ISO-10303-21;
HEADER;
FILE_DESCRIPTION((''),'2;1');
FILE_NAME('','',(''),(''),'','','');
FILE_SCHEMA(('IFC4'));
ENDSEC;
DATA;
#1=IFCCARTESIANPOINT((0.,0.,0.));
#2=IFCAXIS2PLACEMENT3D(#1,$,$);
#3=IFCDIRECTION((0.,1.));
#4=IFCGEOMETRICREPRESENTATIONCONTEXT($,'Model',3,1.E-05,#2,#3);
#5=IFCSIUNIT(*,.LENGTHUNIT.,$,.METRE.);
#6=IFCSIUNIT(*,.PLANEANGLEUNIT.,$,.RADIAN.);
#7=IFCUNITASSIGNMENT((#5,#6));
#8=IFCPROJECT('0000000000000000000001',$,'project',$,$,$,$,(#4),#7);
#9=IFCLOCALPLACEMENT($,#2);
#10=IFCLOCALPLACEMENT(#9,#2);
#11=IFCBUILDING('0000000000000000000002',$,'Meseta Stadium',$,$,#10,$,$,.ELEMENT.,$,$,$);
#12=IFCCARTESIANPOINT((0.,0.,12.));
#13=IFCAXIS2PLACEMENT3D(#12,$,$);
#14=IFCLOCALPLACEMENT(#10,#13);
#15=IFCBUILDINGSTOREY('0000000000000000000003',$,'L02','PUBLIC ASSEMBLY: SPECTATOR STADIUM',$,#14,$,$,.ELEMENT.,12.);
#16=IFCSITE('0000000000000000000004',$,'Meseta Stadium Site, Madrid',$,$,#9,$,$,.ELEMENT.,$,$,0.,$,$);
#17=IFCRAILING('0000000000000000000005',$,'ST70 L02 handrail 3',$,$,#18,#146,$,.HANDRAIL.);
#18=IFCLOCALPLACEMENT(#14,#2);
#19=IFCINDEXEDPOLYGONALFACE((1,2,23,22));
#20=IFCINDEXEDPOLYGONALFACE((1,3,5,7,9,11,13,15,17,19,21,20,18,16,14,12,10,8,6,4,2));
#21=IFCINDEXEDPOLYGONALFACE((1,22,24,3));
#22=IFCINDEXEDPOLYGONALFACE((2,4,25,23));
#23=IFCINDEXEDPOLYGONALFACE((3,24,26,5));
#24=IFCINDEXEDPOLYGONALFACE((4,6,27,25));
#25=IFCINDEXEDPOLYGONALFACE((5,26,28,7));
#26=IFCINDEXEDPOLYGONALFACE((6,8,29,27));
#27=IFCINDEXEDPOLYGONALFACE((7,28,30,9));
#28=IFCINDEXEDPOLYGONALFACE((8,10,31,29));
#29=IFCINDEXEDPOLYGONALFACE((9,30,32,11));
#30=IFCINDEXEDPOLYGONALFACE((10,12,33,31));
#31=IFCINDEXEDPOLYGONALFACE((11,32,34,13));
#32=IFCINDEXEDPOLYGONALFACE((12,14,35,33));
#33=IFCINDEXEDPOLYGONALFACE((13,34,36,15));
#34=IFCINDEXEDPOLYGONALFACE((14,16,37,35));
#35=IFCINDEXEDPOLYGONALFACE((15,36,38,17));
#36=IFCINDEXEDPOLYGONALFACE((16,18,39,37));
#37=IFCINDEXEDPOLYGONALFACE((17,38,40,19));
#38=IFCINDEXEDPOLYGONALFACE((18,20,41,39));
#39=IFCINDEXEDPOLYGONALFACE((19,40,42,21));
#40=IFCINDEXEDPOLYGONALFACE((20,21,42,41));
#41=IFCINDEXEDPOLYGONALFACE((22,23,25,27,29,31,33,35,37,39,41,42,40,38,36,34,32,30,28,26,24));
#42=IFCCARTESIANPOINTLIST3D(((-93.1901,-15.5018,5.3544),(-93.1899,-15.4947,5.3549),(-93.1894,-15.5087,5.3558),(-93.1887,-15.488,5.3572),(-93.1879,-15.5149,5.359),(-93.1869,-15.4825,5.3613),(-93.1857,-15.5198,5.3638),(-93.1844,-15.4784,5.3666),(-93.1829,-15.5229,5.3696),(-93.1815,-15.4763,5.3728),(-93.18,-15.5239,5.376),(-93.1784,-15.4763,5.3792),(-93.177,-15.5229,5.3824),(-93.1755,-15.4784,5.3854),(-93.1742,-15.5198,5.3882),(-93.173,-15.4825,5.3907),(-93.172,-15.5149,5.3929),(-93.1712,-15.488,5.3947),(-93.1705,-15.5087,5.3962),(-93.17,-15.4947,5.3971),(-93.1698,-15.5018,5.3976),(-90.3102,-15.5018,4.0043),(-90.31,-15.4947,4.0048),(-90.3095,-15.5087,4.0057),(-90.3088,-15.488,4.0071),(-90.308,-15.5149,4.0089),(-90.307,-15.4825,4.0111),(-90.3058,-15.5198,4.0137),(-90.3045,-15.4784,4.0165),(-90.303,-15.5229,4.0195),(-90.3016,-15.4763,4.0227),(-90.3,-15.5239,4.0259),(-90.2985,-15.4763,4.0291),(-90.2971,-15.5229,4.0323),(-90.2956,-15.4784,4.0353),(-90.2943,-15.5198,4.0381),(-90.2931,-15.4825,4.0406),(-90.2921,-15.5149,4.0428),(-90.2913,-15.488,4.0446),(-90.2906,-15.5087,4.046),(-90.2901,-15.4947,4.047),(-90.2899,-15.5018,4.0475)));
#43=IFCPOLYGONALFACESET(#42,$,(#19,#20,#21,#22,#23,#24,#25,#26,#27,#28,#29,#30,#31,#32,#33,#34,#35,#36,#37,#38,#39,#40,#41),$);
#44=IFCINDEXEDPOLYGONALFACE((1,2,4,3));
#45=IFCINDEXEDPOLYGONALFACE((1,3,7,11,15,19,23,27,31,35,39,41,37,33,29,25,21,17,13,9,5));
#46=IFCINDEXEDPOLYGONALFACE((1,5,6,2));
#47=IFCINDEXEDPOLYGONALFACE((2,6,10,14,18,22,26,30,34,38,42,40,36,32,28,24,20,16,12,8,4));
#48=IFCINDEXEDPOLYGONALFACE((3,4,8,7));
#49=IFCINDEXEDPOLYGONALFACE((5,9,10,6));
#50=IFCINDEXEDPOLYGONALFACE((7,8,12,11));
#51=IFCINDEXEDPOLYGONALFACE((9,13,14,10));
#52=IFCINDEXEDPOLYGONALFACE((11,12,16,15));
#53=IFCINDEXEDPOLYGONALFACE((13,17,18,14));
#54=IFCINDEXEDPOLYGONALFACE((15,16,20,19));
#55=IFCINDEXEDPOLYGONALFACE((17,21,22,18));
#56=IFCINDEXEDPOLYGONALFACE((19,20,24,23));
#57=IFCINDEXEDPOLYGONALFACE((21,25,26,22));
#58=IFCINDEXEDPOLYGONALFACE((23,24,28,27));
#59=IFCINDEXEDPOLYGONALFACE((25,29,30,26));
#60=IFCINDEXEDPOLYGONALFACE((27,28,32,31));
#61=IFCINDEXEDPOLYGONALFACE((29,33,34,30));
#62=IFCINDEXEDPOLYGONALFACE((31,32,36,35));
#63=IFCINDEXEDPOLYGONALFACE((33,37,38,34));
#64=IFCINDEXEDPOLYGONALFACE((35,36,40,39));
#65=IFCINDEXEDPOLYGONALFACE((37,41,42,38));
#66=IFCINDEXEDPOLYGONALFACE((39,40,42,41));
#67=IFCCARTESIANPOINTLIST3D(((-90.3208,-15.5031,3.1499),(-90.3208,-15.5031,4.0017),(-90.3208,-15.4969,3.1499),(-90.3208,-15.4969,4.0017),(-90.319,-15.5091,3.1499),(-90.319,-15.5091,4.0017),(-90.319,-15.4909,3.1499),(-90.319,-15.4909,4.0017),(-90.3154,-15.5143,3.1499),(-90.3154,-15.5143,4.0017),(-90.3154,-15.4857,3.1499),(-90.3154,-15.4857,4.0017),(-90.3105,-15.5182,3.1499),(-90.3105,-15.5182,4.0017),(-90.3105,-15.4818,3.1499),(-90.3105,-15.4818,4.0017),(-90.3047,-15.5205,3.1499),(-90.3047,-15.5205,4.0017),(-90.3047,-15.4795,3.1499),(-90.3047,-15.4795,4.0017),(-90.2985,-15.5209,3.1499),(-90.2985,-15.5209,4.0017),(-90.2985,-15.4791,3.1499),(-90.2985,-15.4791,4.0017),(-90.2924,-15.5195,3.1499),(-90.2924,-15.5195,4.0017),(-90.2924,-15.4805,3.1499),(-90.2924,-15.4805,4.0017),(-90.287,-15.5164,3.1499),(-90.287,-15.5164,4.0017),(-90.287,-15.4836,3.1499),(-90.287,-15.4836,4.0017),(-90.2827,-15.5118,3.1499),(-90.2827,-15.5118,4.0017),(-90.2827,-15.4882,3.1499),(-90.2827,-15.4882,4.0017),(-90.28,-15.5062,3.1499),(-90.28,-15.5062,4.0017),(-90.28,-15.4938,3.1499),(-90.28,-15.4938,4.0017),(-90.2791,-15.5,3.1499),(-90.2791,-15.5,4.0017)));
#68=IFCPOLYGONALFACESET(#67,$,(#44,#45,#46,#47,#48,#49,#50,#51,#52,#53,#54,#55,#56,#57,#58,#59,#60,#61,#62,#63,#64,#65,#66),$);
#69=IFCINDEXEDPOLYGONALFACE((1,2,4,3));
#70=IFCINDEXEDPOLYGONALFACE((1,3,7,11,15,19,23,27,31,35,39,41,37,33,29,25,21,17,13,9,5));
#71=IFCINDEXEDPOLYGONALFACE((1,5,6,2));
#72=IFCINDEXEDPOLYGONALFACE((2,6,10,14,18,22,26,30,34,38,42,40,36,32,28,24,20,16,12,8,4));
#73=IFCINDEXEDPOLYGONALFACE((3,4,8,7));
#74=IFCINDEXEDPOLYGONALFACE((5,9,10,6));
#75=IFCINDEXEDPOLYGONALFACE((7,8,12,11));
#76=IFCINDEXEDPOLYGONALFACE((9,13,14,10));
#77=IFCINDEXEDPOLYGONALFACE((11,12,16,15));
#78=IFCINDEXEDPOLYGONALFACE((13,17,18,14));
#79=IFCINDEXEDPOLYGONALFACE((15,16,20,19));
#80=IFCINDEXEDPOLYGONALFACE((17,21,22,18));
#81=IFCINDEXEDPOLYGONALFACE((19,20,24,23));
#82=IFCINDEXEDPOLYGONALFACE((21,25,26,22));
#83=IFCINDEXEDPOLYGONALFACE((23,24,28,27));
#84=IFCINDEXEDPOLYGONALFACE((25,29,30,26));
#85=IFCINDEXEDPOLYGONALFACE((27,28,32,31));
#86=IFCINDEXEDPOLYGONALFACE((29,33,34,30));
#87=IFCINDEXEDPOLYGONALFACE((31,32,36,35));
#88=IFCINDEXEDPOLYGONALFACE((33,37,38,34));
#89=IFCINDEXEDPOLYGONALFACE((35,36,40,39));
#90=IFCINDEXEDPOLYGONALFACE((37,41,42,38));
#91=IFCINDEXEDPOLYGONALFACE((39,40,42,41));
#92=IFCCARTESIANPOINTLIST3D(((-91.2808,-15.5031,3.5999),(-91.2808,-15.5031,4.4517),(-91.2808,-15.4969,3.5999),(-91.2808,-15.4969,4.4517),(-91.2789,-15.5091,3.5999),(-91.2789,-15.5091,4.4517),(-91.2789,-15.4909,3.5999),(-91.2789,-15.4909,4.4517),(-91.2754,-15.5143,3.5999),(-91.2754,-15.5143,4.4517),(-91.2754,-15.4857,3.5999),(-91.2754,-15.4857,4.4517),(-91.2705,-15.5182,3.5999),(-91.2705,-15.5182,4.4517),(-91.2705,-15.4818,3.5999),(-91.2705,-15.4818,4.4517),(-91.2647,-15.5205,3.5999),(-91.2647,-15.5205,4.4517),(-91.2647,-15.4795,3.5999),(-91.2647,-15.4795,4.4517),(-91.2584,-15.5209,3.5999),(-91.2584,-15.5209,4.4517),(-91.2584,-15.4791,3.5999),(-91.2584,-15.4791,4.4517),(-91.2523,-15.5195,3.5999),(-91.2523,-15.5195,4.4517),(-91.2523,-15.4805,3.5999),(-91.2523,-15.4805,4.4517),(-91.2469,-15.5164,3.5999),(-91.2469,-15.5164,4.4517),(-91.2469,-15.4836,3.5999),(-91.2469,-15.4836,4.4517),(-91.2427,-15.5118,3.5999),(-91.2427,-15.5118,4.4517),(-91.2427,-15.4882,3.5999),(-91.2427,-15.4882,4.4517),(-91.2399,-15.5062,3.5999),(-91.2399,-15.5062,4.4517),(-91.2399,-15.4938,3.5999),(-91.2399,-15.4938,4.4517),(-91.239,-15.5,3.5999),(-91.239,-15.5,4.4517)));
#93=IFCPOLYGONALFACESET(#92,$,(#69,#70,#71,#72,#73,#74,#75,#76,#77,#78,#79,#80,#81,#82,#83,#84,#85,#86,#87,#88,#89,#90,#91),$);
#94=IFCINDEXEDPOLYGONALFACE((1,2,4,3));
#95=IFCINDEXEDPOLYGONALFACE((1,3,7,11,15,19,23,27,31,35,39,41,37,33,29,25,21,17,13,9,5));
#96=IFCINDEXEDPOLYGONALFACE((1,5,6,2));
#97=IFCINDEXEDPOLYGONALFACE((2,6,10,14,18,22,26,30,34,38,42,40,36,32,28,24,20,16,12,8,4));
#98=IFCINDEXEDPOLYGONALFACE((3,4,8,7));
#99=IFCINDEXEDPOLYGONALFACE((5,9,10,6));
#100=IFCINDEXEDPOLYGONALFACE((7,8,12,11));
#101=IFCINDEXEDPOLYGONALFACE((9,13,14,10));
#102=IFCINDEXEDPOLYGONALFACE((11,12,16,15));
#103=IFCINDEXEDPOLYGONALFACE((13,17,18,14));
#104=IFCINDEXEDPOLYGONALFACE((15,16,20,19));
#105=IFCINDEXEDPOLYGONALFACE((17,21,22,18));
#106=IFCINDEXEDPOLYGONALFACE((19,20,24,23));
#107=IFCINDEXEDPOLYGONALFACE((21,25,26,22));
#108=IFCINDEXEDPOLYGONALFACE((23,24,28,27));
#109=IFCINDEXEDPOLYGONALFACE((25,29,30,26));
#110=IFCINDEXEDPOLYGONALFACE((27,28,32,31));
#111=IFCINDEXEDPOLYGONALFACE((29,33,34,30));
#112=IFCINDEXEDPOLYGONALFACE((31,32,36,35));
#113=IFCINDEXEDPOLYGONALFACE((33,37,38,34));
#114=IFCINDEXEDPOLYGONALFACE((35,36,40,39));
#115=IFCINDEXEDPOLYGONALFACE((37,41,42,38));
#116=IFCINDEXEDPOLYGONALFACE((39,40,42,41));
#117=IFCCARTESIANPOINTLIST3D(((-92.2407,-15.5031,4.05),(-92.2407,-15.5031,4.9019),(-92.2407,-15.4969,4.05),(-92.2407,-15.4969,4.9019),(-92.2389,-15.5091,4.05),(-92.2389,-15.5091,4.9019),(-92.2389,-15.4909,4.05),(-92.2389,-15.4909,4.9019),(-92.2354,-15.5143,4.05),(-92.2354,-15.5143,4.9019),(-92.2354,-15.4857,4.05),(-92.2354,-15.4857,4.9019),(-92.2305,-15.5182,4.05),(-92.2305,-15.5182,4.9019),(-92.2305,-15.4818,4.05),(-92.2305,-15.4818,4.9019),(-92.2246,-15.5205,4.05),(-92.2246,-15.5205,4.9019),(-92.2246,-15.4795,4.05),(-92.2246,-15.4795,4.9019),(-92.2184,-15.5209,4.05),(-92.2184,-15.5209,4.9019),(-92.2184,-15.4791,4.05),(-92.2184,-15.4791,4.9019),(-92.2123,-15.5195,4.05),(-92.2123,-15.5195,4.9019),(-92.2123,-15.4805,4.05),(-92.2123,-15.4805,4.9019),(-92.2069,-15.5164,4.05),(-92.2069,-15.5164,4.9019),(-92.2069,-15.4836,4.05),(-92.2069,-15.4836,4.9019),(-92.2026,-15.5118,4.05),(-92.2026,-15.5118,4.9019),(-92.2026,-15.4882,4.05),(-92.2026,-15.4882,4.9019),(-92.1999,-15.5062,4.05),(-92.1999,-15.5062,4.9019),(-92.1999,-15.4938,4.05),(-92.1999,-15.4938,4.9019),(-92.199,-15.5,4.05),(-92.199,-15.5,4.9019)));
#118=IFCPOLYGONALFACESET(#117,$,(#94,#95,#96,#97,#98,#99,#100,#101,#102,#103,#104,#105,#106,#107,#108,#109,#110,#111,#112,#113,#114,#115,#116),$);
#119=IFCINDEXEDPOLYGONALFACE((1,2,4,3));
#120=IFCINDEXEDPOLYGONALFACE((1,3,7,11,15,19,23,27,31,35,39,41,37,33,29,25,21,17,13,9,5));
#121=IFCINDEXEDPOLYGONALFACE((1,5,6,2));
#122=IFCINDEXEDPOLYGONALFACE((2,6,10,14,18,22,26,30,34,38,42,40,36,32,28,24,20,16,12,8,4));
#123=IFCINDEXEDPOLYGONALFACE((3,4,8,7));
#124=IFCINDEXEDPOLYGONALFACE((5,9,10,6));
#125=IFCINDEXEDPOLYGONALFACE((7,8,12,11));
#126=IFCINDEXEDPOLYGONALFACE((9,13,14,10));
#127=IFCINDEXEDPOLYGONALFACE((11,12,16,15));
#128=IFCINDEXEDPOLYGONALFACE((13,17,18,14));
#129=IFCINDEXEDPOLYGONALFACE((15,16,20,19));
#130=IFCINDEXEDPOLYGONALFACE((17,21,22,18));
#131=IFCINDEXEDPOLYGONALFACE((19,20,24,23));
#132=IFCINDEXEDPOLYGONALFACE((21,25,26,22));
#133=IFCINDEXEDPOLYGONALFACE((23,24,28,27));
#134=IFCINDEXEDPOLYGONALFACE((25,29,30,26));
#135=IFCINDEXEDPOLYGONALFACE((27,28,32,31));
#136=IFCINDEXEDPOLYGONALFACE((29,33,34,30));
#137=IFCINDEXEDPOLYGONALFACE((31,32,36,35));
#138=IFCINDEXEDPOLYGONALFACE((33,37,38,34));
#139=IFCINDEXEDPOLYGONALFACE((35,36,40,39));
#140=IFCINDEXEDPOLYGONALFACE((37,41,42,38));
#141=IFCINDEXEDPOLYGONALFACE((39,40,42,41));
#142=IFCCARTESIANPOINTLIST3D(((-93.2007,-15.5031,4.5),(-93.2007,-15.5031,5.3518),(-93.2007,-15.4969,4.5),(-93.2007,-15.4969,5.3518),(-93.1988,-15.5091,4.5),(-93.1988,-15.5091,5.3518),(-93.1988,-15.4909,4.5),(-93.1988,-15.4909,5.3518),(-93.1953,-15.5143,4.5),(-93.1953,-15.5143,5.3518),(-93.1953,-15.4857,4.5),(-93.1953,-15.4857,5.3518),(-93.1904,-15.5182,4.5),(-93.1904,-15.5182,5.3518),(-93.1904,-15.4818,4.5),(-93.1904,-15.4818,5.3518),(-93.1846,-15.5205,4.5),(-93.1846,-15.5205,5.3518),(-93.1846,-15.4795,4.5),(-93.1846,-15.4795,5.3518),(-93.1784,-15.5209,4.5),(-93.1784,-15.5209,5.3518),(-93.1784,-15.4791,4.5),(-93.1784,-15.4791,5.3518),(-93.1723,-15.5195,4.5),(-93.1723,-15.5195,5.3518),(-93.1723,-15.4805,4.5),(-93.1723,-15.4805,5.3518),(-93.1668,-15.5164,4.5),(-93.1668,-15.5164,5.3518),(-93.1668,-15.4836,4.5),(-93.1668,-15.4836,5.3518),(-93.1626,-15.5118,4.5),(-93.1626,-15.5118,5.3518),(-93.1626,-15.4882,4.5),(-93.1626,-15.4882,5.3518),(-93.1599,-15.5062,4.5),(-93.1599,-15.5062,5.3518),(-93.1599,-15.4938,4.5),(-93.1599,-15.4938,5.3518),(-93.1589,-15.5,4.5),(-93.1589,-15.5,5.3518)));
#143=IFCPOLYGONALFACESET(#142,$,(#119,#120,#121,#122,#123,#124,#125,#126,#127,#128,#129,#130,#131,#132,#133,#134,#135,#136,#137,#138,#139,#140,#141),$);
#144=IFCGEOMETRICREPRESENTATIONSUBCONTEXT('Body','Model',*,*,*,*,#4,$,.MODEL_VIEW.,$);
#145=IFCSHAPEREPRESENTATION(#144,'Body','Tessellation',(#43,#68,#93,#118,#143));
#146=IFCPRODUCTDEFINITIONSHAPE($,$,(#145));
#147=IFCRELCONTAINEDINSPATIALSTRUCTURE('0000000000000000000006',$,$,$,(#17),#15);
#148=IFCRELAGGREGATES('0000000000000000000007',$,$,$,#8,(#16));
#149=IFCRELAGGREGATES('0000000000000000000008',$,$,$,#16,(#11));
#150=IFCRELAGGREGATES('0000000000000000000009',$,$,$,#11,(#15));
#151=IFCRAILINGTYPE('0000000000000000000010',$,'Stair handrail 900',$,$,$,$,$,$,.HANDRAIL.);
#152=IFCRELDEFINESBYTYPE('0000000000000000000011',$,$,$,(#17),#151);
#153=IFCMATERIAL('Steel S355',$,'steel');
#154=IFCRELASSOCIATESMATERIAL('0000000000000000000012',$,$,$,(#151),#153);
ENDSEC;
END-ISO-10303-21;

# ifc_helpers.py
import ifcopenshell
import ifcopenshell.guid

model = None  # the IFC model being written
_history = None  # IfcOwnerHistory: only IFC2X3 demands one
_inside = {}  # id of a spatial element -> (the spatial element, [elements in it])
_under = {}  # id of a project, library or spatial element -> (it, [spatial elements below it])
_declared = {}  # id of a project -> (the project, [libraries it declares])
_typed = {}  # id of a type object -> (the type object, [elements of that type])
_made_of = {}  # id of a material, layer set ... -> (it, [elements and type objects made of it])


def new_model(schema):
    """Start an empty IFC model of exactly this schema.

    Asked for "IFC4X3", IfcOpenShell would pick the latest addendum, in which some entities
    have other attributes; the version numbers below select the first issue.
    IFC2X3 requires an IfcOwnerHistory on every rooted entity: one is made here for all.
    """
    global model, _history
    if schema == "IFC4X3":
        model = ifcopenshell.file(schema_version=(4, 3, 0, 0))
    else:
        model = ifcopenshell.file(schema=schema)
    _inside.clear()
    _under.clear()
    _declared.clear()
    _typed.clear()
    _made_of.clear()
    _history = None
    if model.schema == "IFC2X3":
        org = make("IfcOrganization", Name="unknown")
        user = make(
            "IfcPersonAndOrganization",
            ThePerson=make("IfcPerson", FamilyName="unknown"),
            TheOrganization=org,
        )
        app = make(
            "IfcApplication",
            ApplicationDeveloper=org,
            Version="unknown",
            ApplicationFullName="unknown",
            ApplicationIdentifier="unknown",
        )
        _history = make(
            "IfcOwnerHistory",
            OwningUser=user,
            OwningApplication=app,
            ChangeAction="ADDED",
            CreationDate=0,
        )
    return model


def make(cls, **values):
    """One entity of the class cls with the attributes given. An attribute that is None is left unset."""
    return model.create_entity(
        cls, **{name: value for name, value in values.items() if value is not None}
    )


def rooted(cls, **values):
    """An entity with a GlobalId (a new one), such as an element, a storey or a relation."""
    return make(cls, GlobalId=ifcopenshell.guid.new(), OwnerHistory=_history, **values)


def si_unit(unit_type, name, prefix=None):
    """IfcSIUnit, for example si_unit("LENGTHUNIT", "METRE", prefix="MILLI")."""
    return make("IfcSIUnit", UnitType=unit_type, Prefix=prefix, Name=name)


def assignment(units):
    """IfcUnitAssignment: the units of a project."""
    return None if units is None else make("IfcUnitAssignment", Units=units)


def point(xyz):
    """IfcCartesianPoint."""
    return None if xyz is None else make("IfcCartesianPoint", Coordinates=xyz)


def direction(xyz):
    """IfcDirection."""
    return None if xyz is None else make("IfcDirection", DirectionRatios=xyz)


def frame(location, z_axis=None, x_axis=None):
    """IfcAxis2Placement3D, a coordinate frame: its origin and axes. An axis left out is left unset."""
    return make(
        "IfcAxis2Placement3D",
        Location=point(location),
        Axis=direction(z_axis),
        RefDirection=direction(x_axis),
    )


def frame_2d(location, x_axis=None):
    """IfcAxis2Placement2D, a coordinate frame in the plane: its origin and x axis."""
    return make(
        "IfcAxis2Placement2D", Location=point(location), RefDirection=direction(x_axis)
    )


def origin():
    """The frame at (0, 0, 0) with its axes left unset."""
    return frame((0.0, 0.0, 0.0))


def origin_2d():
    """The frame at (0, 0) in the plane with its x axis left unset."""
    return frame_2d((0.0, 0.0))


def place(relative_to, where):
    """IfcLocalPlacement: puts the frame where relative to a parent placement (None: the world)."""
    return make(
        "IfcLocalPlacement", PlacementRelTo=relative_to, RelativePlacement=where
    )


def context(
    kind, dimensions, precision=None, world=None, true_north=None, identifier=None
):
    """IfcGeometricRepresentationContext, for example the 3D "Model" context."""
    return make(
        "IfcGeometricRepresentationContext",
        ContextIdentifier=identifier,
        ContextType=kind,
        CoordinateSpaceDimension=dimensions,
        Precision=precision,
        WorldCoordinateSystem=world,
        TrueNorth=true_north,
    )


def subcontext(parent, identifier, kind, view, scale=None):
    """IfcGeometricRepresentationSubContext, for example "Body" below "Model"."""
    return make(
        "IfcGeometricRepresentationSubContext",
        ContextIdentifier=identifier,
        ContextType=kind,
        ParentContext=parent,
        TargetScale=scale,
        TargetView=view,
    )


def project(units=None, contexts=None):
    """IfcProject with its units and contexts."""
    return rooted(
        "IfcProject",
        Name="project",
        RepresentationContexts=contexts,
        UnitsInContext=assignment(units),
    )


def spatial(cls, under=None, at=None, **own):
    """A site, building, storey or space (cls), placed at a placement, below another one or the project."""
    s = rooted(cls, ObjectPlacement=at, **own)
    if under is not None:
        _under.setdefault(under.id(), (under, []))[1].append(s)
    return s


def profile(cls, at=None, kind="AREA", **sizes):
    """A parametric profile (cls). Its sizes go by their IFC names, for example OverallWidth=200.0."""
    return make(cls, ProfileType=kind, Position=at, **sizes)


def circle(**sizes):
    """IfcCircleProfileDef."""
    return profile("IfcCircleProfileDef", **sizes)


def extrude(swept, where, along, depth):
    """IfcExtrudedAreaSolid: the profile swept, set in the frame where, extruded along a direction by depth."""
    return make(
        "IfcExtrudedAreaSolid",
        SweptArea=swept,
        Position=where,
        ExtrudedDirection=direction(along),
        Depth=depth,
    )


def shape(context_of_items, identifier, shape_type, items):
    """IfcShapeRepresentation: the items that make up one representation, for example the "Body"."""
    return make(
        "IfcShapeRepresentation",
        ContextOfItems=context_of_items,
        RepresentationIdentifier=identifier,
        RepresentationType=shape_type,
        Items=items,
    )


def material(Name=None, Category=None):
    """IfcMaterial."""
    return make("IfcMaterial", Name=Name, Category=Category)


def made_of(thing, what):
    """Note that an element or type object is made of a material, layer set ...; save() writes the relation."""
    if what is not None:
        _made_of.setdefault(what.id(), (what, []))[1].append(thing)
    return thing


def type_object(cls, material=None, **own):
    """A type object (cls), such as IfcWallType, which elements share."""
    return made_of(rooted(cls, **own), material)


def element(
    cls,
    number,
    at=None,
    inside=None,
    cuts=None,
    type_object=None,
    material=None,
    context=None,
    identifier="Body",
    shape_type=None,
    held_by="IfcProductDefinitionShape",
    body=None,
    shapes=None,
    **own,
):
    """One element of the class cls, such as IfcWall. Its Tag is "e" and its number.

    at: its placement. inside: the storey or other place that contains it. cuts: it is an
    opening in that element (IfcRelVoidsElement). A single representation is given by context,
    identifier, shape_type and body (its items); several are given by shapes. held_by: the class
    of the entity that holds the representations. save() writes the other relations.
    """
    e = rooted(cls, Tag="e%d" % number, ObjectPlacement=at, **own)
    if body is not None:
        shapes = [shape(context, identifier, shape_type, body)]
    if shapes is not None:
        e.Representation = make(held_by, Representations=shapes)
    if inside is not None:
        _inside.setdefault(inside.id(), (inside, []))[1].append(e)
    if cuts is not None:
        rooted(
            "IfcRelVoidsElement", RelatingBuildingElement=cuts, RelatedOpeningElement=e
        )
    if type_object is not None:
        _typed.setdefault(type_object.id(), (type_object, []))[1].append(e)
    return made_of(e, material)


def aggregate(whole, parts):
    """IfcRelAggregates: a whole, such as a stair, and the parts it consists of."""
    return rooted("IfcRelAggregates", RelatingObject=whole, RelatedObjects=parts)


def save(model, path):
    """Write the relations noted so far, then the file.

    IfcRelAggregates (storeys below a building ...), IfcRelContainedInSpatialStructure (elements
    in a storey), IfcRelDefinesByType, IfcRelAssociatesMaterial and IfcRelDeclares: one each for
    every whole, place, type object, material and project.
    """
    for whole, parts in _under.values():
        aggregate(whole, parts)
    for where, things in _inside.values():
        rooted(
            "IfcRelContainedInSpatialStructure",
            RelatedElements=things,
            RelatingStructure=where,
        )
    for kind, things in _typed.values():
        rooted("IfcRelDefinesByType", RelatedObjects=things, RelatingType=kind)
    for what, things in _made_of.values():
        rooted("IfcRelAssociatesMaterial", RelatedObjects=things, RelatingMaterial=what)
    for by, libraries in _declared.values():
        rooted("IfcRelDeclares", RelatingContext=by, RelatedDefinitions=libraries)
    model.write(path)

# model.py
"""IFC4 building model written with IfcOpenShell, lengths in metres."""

from ifc_helpers import new_model, si_unit, direction, frame, origin, origin_2d, place, context, subcontext, project, spatial, circle, extrude, material, type_object, element, save


model = new_model("IFC4")

# Units and contexts
model_context = context("Model", 3, precision=1e-05, world=origin(), true_north=direction((0.0, 1.0)))
body_context = subcontext(model_context, "Body", "Model", "MODEL_VIEW")
ifc_project = project(units=[si_unit("LENGTHUNIT", "METRE"), si_unit("PLANEANGLEUNIT", "RADIAN")], contexts=[model_context])

# Site, building, storey
site_placement = place(None, origin())
site = spatial("IfcSite", under=ifc_project, at=site_placement, Name="Meseta Stadium Site, Madrid", CompositionType="ELEMENT", RefElevation=0.0)
building_placement = place(site_placement, origin())
building = spatial("IfcBuilding", under=site, at=building_placement, Name="Meseta Stadium", CompositionType="ELEMENT")
storey_placement = place(building_placement, frame((0.0, 0.0, 12.0)))
storey = spatial("IfcBuildingStorey", under=building, at=storey_placement, Name="L02", Description="PUBLIC ASSEMBLY: SPECTATOR STADIUM", CompositionType="ELEMENT", Elevation=12.0)

# Railing
ifc_material_1 = material(Name="Steel S355", Category="steel")
railing_type_1 = type_object("IfcRailingType", Name="Stair handrail 900", PredefinedType="HANDRAIL", material=ifc_material_1)
for number, where, name in (
    (1, (-90.3, -15.5, 3.1499), "ST70 L02 handrail 3"),
):
    element("IfcRailing", number, at=place(storey_placement, frame(where)), inside=storey, type_object=railing_type_1, Name=name, PredefinedType="HANDRAIL", context=body_context, shape_type="SweptSolid", body=[
        extrude(circle(Radius=0.0239, at=origin_2d()), frame((0.0, 0.0, 0.876), z_axis=(-0.90544, 0.0, 0.424473), x_axis=(0.0, -1.0, 0.0)), (0.0, 0.0, 1.0), 3.1807),
        extrude(circle(Radius=0.021, at=origin_2d()), origin(), (0.0, 0.0, 1.0), 0.8518),
        extrude(circle(Radius=0.021, at=origin_2d()), frame((-0.96, 0.0, 0.45)), (0.0, 0.0, 1.0), 0.8518),
        extrude(circle(Radius=0.021, at=origin_2d()), frame((-1.9199, 0.0, 0.9001)), (0.0, 0.0, 1.0), 0.8518),
        extrude(circle(Radius=0.021, at=origin_2d()), frame((-2.8799, 0.0, 1.3501)), (0.0, 0.0, 1.0), 0.8518),
    ])

save(model, "model.ifc")
